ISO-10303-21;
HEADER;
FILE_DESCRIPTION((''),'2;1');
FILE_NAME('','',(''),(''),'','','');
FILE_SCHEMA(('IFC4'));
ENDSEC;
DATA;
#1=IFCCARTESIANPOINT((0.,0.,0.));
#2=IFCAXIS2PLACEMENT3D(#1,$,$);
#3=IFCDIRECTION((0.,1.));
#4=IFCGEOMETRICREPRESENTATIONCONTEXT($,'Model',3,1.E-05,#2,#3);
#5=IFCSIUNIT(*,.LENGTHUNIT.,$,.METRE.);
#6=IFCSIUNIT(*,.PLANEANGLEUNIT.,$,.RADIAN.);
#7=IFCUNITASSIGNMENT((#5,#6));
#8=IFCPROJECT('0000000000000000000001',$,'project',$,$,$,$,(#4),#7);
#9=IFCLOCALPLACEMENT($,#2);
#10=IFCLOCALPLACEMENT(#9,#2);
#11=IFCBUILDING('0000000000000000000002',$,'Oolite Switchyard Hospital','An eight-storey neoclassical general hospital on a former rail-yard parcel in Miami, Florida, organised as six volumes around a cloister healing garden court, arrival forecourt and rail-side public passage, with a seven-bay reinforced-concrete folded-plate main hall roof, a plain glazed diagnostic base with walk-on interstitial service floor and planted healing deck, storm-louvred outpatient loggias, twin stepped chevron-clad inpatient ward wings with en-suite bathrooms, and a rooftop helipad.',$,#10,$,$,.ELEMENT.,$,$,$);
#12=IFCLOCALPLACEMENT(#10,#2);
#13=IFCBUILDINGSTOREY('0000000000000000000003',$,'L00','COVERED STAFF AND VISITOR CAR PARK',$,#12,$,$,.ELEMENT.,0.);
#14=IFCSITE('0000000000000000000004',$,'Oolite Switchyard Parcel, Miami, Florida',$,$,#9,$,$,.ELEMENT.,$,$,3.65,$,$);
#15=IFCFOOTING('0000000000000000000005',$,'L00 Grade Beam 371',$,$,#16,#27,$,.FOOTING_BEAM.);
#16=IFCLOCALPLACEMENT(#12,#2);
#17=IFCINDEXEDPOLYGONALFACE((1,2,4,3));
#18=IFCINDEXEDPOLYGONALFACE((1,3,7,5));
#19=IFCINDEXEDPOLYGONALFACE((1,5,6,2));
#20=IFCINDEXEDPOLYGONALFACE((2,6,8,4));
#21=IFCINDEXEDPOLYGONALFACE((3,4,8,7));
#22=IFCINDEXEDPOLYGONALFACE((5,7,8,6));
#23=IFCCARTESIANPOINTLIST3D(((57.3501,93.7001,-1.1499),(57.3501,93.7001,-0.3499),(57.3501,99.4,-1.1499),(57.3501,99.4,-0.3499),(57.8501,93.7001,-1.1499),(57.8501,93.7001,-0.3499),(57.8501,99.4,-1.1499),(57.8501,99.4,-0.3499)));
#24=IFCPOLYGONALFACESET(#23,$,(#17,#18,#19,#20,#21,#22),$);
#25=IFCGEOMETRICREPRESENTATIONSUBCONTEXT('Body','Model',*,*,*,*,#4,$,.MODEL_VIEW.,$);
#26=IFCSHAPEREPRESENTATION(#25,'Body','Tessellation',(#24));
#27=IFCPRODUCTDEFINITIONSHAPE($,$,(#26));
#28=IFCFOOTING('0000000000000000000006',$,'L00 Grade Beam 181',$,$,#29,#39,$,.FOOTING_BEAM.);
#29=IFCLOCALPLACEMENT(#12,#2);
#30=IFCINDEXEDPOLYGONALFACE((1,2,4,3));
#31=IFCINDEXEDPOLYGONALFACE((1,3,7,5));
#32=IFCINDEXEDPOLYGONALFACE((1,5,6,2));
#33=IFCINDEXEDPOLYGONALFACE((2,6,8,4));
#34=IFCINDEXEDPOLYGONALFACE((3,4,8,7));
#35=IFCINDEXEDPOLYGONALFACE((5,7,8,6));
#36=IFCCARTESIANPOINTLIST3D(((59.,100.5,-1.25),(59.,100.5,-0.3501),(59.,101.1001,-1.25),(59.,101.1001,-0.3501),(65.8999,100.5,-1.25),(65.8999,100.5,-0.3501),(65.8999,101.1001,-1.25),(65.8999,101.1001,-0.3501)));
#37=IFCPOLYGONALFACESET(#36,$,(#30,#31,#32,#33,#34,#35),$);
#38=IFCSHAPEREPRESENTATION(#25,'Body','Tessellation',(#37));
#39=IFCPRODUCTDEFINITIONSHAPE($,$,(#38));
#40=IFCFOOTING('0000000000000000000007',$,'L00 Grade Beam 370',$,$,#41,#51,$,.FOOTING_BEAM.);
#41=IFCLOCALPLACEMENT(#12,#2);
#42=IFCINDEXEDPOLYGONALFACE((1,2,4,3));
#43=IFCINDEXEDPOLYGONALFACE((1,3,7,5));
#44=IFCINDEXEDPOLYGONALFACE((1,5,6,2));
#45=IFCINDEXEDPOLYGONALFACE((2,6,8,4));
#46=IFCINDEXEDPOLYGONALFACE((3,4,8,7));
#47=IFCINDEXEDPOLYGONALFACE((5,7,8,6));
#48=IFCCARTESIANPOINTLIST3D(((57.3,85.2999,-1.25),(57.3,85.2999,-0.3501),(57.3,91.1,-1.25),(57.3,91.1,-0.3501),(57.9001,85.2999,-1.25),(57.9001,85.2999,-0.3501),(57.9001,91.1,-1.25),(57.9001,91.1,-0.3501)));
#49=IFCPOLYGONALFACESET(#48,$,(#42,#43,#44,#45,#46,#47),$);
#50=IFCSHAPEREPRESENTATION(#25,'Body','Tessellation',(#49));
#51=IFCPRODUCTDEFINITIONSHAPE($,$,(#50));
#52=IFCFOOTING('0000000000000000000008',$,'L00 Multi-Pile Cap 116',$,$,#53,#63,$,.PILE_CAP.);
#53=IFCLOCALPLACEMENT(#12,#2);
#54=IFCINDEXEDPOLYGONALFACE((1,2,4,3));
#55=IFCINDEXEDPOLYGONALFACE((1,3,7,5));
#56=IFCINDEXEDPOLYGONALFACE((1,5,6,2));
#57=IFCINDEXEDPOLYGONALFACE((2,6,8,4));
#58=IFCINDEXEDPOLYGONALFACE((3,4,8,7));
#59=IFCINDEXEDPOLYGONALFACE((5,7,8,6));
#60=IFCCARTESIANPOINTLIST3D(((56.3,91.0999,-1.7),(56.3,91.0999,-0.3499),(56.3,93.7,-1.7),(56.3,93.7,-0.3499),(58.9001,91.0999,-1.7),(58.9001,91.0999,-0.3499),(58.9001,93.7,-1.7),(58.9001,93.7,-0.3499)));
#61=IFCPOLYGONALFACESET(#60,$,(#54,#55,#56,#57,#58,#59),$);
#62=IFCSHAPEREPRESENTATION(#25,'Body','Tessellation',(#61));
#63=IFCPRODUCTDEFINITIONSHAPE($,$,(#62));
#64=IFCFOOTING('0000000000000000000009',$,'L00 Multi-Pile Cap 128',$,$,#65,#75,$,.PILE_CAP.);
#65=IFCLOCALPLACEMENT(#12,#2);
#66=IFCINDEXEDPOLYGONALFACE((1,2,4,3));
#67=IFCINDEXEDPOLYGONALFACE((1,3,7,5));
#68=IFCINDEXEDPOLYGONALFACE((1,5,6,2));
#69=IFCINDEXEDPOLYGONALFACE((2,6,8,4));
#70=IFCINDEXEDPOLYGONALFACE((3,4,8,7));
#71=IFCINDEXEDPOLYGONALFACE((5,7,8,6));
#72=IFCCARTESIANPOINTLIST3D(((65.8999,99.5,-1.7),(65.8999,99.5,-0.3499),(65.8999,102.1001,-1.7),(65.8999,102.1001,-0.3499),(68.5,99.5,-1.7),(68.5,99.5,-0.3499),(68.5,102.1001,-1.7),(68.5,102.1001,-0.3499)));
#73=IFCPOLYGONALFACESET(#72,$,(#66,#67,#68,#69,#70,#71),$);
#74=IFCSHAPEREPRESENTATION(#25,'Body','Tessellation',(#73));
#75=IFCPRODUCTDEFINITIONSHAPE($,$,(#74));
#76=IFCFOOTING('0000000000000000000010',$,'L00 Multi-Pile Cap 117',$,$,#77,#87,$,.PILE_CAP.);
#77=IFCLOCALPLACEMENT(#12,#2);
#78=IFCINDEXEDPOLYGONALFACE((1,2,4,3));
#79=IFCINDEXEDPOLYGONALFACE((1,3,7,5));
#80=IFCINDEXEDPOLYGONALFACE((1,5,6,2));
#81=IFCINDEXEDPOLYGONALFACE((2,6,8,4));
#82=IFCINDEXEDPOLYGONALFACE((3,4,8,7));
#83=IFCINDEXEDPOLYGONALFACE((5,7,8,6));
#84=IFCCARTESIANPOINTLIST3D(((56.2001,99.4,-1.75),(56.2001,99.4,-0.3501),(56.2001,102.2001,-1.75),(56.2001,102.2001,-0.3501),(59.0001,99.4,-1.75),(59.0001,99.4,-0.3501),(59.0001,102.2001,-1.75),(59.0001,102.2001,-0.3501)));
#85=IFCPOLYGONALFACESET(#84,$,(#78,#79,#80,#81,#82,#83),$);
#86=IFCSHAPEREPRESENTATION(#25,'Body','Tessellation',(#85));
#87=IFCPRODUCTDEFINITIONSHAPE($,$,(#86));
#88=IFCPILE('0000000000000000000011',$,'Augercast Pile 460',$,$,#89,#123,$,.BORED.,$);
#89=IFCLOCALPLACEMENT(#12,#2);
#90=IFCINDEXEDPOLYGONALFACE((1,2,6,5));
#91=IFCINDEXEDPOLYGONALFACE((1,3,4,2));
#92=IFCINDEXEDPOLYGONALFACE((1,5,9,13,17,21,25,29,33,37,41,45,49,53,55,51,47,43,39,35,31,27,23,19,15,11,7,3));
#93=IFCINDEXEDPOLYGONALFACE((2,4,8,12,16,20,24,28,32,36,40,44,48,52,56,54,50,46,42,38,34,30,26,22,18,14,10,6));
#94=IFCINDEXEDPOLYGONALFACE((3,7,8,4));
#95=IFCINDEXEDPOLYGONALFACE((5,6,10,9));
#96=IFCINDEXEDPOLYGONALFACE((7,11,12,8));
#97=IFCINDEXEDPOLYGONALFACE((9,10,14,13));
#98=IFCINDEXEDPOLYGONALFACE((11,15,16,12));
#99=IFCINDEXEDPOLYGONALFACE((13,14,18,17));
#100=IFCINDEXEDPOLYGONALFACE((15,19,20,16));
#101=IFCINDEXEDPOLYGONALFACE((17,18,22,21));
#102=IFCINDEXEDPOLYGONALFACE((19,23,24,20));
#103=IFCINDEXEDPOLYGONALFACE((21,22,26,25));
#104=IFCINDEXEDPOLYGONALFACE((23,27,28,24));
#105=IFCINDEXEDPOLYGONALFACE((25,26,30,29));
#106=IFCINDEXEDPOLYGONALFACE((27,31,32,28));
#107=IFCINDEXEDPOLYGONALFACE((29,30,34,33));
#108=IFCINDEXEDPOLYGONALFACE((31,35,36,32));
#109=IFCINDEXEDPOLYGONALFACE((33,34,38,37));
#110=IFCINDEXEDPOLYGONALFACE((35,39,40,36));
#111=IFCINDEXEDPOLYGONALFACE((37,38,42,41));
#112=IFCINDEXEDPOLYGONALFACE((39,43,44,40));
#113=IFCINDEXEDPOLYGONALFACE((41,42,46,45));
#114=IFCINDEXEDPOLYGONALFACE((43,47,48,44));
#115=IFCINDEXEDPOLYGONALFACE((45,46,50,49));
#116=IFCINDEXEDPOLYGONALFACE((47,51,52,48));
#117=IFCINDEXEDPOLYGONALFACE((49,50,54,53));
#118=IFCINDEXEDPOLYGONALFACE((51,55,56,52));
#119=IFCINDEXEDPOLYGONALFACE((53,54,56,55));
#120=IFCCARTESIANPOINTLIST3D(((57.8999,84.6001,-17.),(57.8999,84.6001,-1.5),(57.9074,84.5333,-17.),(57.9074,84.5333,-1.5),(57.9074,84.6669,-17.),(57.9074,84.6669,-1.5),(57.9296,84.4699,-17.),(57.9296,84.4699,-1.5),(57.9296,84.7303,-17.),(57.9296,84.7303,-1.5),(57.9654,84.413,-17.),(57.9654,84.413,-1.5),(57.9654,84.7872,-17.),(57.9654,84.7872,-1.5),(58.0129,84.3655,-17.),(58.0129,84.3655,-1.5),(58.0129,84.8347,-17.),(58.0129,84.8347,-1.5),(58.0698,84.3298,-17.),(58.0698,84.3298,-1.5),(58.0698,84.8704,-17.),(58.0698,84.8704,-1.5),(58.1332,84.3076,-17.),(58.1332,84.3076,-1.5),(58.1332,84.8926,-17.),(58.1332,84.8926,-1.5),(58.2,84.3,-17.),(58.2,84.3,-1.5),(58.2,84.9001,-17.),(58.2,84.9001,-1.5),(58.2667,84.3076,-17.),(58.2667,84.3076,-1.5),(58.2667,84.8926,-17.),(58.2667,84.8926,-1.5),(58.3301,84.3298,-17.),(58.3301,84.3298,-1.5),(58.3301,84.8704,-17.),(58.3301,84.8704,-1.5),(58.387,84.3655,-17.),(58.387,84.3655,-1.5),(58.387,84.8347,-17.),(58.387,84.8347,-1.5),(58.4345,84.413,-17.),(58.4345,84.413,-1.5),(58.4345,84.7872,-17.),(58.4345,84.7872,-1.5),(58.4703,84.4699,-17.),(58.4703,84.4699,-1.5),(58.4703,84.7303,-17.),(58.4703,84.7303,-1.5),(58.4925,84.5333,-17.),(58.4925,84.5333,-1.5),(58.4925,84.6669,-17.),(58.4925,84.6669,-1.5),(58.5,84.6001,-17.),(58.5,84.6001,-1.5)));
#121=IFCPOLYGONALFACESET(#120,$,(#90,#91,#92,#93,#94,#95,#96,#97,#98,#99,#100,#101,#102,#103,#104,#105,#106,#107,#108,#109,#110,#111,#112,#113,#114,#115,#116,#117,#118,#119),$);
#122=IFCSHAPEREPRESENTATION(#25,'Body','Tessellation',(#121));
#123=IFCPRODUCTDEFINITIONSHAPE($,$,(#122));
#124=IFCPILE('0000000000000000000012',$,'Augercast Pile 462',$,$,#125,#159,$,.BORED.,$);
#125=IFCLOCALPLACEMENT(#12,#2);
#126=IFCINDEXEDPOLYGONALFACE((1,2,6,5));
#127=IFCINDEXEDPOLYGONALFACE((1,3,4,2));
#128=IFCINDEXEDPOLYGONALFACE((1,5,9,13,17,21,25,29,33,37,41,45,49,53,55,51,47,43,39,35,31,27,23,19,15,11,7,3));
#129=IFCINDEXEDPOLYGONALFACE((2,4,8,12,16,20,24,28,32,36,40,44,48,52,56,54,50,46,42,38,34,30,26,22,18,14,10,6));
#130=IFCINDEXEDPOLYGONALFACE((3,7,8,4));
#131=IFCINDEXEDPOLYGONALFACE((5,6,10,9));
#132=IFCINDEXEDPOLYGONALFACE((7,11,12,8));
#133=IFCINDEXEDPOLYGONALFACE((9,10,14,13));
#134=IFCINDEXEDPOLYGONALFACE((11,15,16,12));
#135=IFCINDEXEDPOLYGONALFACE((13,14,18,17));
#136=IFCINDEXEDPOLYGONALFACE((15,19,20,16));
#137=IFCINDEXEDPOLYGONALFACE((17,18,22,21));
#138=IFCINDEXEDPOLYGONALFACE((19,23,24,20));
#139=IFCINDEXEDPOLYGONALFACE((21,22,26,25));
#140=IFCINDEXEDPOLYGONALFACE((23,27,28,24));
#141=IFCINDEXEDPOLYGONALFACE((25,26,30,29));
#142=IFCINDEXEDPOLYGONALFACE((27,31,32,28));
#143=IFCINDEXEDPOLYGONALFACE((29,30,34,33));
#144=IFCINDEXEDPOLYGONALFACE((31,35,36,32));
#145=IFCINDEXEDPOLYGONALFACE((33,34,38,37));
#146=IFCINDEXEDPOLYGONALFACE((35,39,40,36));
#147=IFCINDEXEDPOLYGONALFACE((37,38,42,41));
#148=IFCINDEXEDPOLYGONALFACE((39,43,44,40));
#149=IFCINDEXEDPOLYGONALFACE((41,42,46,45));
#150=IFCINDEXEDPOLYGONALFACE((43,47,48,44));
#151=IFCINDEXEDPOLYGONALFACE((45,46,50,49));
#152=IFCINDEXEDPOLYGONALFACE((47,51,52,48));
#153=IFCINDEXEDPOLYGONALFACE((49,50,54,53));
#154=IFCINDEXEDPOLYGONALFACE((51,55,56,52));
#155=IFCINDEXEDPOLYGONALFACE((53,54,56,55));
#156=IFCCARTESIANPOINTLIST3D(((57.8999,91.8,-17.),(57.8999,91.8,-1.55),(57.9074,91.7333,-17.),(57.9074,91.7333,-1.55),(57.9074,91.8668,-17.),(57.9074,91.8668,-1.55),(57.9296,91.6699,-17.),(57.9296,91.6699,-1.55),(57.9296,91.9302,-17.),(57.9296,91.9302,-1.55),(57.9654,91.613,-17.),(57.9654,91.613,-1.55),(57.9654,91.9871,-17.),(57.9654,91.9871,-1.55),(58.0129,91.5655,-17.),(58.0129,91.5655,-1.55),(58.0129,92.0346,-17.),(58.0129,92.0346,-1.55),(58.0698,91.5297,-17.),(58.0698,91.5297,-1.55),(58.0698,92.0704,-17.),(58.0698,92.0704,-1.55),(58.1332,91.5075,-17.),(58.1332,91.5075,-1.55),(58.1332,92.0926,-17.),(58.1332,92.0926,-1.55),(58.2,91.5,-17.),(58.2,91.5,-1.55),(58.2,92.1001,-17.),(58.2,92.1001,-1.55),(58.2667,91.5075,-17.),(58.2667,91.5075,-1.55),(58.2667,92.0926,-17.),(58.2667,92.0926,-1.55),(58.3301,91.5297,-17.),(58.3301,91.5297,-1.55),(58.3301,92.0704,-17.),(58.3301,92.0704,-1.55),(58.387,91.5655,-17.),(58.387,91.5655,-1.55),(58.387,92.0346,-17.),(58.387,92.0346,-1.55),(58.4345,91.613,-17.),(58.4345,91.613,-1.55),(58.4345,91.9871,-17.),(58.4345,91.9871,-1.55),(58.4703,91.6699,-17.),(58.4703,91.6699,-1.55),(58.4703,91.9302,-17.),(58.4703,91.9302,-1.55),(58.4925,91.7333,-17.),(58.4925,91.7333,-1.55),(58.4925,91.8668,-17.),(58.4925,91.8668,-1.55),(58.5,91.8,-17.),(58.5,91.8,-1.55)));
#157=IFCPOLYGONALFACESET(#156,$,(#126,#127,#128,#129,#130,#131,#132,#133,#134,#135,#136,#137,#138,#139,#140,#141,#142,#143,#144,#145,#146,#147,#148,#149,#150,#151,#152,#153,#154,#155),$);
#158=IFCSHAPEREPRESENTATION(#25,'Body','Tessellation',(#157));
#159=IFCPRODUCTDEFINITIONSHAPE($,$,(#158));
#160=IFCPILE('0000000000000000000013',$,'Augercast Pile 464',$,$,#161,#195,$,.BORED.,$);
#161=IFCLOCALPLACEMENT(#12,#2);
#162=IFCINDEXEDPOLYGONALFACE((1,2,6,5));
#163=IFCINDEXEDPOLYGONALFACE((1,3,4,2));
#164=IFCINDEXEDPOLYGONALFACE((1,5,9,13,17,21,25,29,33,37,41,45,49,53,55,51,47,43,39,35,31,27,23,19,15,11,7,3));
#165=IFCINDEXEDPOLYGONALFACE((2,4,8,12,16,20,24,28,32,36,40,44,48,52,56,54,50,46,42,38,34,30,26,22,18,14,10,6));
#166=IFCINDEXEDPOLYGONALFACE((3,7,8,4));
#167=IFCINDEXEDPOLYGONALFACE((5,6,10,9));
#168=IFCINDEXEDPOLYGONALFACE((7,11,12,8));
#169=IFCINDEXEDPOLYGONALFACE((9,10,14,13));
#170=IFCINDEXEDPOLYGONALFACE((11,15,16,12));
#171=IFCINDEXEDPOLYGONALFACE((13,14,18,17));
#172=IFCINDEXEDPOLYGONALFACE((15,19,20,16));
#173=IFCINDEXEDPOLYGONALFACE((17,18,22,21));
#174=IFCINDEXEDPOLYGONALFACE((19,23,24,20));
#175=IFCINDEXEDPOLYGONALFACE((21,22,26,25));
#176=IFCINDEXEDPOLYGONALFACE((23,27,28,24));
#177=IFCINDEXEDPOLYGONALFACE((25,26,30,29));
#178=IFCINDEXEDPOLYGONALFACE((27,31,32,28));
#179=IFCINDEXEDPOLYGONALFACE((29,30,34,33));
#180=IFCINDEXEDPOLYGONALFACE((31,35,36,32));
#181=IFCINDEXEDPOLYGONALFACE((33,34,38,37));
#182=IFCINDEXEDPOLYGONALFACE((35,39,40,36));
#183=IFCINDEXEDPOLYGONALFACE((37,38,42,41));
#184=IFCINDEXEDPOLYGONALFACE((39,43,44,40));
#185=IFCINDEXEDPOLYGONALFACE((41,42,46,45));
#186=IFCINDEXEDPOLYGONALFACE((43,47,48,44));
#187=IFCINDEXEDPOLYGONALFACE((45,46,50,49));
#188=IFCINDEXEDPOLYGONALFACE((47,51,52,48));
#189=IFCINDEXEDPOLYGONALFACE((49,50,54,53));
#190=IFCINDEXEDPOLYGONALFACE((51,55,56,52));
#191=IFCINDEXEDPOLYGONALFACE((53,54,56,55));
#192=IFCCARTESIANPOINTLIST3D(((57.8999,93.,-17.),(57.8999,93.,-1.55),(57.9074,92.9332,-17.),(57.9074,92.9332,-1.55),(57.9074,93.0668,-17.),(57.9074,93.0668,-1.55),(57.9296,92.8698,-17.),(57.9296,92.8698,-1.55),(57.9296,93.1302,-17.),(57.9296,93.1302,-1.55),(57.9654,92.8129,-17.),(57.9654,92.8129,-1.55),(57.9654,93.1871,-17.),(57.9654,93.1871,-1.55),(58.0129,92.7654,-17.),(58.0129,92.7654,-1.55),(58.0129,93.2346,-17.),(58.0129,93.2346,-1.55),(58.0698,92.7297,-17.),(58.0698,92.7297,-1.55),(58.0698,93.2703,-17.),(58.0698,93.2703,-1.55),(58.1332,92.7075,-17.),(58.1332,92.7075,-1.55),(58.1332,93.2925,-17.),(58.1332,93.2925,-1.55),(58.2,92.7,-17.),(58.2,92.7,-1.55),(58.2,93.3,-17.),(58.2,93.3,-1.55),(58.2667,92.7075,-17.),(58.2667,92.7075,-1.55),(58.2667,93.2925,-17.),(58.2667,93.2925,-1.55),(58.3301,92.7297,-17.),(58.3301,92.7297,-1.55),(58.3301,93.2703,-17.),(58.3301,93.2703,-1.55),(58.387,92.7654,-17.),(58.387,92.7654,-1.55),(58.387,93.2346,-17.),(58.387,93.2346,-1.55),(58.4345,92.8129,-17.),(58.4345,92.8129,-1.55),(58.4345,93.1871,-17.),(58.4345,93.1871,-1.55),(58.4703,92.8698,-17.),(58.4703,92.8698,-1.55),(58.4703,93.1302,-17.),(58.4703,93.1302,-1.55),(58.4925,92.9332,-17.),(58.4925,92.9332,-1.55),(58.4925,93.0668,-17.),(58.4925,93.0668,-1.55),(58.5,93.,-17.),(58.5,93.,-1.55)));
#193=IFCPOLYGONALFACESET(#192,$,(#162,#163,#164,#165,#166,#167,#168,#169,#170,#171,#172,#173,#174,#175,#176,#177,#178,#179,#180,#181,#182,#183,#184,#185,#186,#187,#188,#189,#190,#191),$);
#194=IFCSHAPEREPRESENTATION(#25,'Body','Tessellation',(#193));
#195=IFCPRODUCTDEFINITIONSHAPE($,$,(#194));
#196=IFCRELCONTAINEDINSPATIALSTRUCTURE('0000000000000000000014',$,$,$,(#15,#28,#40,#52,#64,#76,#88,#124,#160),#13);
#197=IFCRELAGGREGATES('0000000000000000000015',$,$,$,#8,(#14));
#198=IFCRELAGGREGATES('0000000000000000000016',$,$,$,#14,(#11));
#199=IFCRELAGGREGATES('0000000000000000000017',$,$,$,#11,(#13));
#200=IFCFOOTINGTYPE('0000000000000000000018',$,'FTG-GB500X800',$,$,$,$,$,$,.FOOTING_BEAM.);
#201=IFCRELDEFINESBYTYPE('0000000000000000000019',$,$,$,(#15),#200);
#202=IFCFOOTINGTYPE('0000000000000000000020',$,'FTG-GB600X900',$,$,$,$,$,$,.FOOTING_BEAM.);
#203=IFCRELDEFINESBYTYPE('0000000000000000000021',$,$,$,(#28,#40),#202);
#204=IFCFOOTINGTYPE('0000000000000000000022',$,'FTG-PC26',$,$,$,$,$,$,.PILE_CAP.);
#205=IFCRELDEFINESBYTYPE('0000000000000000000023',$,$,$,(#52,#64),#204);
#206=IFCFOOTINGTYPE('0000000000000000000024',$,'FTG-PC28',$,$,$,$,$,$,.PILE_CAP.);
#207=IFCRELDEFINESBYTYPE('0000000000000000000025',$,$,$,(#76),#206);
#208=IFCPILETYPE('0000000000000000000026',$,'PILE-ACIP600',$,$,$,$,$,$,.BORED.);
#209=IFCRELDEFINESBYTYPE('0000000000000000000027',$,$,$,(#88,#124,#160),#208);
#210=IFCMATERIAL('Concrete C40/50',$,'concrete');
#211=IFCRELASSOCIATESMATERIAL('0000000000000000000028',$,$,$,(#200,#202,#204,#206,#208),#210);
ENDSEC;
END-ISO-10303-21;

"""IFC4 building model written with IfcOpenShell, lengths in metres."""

from ifc_helpers import new_model, si_unit, direction, frame, origin, origin_2d, place, context, subcontext, project, spatial, rectangle, circle, extrude, material, material_profile, profile_set, type_object, element, save


model = new_model("IFC4")

# Units and contexts
model_context = context("Model", 3, precision=1e-05, world=origin(), true_north=direction((0.0, 1.0)))
body_context = subcontext(model_context, "Body", "Model", "MODEL_VIEW")
ifc_project = project(units=[si_unit("LENGTHUNIT", "METRE"), si_unit("PLANEANGLEUNIT", "RADIAN")], contexts=[model_context])

# Site, building, storey
site_placement = place(None, origin())
site = spatial("IfcSite", under=ifc_project, at=site_placement, Name="Oolite Switchyard Parcel, Miami, Florida", CompositionType="ELEMENT", RefElevation=3.65)
building_placement = place(site_placement, origin())
building = spatial("IfcBuilding", under=site, at=building_placement, Name="Oolite Switchyard Hospital", Description="An eight-storey neoclassical general hospital on a former rail-yard parcel in Miami, Florida, organised as six volumes around a cloister healing garden court, arrival forecourt and rail-side public passage, with a seven-bay reinforced-concrete folded-plate main hall roof, a plain glazed diagnostic base with walk-on interstitial service floor and planted healing deck, storm-louvred outpatient loggias, twin stepped chevron-clad inpatient ward wings with en-suite bathrooms, and a rooftop helipad.", CompositionType="ELEMENT")
storey_placement = place(building_placement, origin())
storey = spatial("IfcBuildingStorey", under=building, at=storey_placement, Name="L00", Description="COVERED STAFF AND VISITOR CAR PARK", CompositionType="ELEMENT", Elevation=0.0)

# Footings
ifc_material_1 = material(Name="Concrete C40/50", Category="concrete")
footing_type_1 = type_object("IfcFootingType", Name="FTG-GB500X800", PredefinedType="FOOTING_BEAM", material=ifc_material_1)
footing_1_placement = place(storey_placement, frame((57.6001, 96.55, -1.1499), z_axis=(0.0, 0.0, 1.0), x_axis=(0.0, 1.0, 0.0)))
element("IfcFooting", 1, at=footing_1_placement, inside=storey, type_object=footing_type_1, Name="L00 Grade Beam 371", PredefinedType="FOOTING_BEAM", context=body_context, shape_type="SweptSolid", body=[
    extrude(rectangle(XDim=5.7, YDim=0.5, at=origin_2d()), origin(), (0.0, 0.0, 1.0), 0.8),
])
footing_type_2 = type_object("IfcFootingType", Name="FTG-GB600X900", PredefinedType="FOOTING_BEAM", material=ifc_material_1)
footing_2_placement = place(storey_placement, frame((62.45, 100.8, -1.25), z_axis=(0.0, 0.0, 1.0), x_axis=(1.0, 0.0, 0.0)))
element("IfcFooting", 2, at=footing_2_placement, inside=storey, type_object=footing_type_2, Name="L00 Grade Beam 181", PredefinedType="FOOTING_BEAM", context=body_context, shape_type="SweptSolid", body=[
    extrude(rectangle(XDim=6.8999, YDim=0.6001, at=origin_2d()), origin(), (0.0, 0.0, 1.0), 0.8999),
])
footing_3_placement = place(storey_placement, frame((57.6001, 88.2, -1.25), z_axis=(0.0, 0.0, 1.0), x_axis=(0.0, 1.0, 0.0)))
element("IfcFooting", 3, at=footing_3_placement, inside=storey, type_object=footing_type_2, Name="L00 Grade Beam 370", PredefinedType="FOOTING_BEAM", context=body_context, shape_type="SweptSolid", body=[
    extrude(rectangle(XDim=5.8, YDim=0.6001, at=origin_2d()), origin(), (0.0, 0.0, 1.0), 0.8999),
])
footing_type_3 = type_object("IfcFootingType", Name="FTG-PC26", PredefinedType="PILE_CAP", material=ifc_material_1)
for number, where, z_axis, x_axis, name in (
    (4, (57.6001, 92.3999, -1.7), (0.0, 0.0, 1.0), (1.0, 0.0, 0.0), "L00 Multi-Pile Cap 116"),
    (5, (67.2, 100.8, -1.7), (0.0, 0.0, 1.0), (1.0, 0.0, 0.0), "L00 Multi-Pile Cap 128"),
):
    element("IfcFooting", number, at=place(storey_placement, frame(where, z_axis=z_axis, x_axis=x_axis)), inside=storey, type_object=footing_type_3, Name=name, PredefinedType="PILE_CAP", context=body_context, shape_type="SweptSolid", body=[
        extrude(rectangle(XDim=2.6001, YDim=2.6001, at=origin_2d()), origin(), (0.0, 0.0, 1.0), 1.3501),
    ])
footing_type_4 = type_object("IfcFootingType", Name="FTG-PC28", PredefinedType="PILE_CAP", material=ifc_material_1)
footing_4_placement = place(storey_placement, frame((57.6001, 100.8, -1.75), z_axis=(0.0, 0.0, 1.0), x_axis=(1.0, 0.0, 0.0)))
element("IfcFooting", 6, at=footing_4_placement, inside=storey, type_object=footing_type_4, Name="L00 Multi-Pile Cap 117", PredefinedType="PILE_CAP", context=body_context, shape_type="SweptSolid", body=[
    extrude(rectangle(XDim=2.8, YDim=2.8, at=origin_2d()), origin(), (0.0, 0.0, 1.0), 1.3999),
])

# Piles
ifc_material_profile_1 = material_profile(ifc_material_1, circle(Radius=0.3, at=origin_2d()), Name="PILE600")
ifc_profile_set_1 = profile_set([ifc_material_profile_1], Name="Concrete C40/50")
pile_type = type_object("IfcPileType", Name="PILE-ACIP600", PredefinedType="BORED", material=ifc_profile_set_1)
pile_placement = place(storey_placement, frame((58.2, 84.6001, -1.5), z_axis=(0.0, 0.0, -1.0), x_axis=(1.0, 0.0, 0.0)))
element("IfcPile", 7, at=pile_placement, inside=storey, type_object=pile_type, Name="Augercast Pile 460", PredefinedType="BORED", context=body_context, shape_type="SweptSolid", body=[
    extrude(circle(Radius=0.3, at=origin_2d()), origin(), (0.0, 0.0, 1.0), 15.5),
])
for number, where, z_axis, x_axis, name in (
    (8, (58.2, 91.8, -1.55), (0.0, 0.0, -1.0), (1.0, 0.0, 0.0), "Augercast Pile 462"),
    (9, (58.2, 93.0, -1.55), (0.0, 0.0, -1.0), (1.0, 0.0, 0.0), "Augercast Pile 464"),
):
    element("IfcPile", number, at=place(storey_placement, frame(where, z_axis=z_axis, x_axis=x_axis)), inside=storey, type_object=pile_type, Name=name, PredefinedType="BORED", context=body_context, shape_type="SweptSolid", body=[
        extrude(circle(Radius=0.3, at=origin_2d()), origin(), (0.0, 0.0, 1.0), 15.45),
    ])

save(model, "model.ifc")
